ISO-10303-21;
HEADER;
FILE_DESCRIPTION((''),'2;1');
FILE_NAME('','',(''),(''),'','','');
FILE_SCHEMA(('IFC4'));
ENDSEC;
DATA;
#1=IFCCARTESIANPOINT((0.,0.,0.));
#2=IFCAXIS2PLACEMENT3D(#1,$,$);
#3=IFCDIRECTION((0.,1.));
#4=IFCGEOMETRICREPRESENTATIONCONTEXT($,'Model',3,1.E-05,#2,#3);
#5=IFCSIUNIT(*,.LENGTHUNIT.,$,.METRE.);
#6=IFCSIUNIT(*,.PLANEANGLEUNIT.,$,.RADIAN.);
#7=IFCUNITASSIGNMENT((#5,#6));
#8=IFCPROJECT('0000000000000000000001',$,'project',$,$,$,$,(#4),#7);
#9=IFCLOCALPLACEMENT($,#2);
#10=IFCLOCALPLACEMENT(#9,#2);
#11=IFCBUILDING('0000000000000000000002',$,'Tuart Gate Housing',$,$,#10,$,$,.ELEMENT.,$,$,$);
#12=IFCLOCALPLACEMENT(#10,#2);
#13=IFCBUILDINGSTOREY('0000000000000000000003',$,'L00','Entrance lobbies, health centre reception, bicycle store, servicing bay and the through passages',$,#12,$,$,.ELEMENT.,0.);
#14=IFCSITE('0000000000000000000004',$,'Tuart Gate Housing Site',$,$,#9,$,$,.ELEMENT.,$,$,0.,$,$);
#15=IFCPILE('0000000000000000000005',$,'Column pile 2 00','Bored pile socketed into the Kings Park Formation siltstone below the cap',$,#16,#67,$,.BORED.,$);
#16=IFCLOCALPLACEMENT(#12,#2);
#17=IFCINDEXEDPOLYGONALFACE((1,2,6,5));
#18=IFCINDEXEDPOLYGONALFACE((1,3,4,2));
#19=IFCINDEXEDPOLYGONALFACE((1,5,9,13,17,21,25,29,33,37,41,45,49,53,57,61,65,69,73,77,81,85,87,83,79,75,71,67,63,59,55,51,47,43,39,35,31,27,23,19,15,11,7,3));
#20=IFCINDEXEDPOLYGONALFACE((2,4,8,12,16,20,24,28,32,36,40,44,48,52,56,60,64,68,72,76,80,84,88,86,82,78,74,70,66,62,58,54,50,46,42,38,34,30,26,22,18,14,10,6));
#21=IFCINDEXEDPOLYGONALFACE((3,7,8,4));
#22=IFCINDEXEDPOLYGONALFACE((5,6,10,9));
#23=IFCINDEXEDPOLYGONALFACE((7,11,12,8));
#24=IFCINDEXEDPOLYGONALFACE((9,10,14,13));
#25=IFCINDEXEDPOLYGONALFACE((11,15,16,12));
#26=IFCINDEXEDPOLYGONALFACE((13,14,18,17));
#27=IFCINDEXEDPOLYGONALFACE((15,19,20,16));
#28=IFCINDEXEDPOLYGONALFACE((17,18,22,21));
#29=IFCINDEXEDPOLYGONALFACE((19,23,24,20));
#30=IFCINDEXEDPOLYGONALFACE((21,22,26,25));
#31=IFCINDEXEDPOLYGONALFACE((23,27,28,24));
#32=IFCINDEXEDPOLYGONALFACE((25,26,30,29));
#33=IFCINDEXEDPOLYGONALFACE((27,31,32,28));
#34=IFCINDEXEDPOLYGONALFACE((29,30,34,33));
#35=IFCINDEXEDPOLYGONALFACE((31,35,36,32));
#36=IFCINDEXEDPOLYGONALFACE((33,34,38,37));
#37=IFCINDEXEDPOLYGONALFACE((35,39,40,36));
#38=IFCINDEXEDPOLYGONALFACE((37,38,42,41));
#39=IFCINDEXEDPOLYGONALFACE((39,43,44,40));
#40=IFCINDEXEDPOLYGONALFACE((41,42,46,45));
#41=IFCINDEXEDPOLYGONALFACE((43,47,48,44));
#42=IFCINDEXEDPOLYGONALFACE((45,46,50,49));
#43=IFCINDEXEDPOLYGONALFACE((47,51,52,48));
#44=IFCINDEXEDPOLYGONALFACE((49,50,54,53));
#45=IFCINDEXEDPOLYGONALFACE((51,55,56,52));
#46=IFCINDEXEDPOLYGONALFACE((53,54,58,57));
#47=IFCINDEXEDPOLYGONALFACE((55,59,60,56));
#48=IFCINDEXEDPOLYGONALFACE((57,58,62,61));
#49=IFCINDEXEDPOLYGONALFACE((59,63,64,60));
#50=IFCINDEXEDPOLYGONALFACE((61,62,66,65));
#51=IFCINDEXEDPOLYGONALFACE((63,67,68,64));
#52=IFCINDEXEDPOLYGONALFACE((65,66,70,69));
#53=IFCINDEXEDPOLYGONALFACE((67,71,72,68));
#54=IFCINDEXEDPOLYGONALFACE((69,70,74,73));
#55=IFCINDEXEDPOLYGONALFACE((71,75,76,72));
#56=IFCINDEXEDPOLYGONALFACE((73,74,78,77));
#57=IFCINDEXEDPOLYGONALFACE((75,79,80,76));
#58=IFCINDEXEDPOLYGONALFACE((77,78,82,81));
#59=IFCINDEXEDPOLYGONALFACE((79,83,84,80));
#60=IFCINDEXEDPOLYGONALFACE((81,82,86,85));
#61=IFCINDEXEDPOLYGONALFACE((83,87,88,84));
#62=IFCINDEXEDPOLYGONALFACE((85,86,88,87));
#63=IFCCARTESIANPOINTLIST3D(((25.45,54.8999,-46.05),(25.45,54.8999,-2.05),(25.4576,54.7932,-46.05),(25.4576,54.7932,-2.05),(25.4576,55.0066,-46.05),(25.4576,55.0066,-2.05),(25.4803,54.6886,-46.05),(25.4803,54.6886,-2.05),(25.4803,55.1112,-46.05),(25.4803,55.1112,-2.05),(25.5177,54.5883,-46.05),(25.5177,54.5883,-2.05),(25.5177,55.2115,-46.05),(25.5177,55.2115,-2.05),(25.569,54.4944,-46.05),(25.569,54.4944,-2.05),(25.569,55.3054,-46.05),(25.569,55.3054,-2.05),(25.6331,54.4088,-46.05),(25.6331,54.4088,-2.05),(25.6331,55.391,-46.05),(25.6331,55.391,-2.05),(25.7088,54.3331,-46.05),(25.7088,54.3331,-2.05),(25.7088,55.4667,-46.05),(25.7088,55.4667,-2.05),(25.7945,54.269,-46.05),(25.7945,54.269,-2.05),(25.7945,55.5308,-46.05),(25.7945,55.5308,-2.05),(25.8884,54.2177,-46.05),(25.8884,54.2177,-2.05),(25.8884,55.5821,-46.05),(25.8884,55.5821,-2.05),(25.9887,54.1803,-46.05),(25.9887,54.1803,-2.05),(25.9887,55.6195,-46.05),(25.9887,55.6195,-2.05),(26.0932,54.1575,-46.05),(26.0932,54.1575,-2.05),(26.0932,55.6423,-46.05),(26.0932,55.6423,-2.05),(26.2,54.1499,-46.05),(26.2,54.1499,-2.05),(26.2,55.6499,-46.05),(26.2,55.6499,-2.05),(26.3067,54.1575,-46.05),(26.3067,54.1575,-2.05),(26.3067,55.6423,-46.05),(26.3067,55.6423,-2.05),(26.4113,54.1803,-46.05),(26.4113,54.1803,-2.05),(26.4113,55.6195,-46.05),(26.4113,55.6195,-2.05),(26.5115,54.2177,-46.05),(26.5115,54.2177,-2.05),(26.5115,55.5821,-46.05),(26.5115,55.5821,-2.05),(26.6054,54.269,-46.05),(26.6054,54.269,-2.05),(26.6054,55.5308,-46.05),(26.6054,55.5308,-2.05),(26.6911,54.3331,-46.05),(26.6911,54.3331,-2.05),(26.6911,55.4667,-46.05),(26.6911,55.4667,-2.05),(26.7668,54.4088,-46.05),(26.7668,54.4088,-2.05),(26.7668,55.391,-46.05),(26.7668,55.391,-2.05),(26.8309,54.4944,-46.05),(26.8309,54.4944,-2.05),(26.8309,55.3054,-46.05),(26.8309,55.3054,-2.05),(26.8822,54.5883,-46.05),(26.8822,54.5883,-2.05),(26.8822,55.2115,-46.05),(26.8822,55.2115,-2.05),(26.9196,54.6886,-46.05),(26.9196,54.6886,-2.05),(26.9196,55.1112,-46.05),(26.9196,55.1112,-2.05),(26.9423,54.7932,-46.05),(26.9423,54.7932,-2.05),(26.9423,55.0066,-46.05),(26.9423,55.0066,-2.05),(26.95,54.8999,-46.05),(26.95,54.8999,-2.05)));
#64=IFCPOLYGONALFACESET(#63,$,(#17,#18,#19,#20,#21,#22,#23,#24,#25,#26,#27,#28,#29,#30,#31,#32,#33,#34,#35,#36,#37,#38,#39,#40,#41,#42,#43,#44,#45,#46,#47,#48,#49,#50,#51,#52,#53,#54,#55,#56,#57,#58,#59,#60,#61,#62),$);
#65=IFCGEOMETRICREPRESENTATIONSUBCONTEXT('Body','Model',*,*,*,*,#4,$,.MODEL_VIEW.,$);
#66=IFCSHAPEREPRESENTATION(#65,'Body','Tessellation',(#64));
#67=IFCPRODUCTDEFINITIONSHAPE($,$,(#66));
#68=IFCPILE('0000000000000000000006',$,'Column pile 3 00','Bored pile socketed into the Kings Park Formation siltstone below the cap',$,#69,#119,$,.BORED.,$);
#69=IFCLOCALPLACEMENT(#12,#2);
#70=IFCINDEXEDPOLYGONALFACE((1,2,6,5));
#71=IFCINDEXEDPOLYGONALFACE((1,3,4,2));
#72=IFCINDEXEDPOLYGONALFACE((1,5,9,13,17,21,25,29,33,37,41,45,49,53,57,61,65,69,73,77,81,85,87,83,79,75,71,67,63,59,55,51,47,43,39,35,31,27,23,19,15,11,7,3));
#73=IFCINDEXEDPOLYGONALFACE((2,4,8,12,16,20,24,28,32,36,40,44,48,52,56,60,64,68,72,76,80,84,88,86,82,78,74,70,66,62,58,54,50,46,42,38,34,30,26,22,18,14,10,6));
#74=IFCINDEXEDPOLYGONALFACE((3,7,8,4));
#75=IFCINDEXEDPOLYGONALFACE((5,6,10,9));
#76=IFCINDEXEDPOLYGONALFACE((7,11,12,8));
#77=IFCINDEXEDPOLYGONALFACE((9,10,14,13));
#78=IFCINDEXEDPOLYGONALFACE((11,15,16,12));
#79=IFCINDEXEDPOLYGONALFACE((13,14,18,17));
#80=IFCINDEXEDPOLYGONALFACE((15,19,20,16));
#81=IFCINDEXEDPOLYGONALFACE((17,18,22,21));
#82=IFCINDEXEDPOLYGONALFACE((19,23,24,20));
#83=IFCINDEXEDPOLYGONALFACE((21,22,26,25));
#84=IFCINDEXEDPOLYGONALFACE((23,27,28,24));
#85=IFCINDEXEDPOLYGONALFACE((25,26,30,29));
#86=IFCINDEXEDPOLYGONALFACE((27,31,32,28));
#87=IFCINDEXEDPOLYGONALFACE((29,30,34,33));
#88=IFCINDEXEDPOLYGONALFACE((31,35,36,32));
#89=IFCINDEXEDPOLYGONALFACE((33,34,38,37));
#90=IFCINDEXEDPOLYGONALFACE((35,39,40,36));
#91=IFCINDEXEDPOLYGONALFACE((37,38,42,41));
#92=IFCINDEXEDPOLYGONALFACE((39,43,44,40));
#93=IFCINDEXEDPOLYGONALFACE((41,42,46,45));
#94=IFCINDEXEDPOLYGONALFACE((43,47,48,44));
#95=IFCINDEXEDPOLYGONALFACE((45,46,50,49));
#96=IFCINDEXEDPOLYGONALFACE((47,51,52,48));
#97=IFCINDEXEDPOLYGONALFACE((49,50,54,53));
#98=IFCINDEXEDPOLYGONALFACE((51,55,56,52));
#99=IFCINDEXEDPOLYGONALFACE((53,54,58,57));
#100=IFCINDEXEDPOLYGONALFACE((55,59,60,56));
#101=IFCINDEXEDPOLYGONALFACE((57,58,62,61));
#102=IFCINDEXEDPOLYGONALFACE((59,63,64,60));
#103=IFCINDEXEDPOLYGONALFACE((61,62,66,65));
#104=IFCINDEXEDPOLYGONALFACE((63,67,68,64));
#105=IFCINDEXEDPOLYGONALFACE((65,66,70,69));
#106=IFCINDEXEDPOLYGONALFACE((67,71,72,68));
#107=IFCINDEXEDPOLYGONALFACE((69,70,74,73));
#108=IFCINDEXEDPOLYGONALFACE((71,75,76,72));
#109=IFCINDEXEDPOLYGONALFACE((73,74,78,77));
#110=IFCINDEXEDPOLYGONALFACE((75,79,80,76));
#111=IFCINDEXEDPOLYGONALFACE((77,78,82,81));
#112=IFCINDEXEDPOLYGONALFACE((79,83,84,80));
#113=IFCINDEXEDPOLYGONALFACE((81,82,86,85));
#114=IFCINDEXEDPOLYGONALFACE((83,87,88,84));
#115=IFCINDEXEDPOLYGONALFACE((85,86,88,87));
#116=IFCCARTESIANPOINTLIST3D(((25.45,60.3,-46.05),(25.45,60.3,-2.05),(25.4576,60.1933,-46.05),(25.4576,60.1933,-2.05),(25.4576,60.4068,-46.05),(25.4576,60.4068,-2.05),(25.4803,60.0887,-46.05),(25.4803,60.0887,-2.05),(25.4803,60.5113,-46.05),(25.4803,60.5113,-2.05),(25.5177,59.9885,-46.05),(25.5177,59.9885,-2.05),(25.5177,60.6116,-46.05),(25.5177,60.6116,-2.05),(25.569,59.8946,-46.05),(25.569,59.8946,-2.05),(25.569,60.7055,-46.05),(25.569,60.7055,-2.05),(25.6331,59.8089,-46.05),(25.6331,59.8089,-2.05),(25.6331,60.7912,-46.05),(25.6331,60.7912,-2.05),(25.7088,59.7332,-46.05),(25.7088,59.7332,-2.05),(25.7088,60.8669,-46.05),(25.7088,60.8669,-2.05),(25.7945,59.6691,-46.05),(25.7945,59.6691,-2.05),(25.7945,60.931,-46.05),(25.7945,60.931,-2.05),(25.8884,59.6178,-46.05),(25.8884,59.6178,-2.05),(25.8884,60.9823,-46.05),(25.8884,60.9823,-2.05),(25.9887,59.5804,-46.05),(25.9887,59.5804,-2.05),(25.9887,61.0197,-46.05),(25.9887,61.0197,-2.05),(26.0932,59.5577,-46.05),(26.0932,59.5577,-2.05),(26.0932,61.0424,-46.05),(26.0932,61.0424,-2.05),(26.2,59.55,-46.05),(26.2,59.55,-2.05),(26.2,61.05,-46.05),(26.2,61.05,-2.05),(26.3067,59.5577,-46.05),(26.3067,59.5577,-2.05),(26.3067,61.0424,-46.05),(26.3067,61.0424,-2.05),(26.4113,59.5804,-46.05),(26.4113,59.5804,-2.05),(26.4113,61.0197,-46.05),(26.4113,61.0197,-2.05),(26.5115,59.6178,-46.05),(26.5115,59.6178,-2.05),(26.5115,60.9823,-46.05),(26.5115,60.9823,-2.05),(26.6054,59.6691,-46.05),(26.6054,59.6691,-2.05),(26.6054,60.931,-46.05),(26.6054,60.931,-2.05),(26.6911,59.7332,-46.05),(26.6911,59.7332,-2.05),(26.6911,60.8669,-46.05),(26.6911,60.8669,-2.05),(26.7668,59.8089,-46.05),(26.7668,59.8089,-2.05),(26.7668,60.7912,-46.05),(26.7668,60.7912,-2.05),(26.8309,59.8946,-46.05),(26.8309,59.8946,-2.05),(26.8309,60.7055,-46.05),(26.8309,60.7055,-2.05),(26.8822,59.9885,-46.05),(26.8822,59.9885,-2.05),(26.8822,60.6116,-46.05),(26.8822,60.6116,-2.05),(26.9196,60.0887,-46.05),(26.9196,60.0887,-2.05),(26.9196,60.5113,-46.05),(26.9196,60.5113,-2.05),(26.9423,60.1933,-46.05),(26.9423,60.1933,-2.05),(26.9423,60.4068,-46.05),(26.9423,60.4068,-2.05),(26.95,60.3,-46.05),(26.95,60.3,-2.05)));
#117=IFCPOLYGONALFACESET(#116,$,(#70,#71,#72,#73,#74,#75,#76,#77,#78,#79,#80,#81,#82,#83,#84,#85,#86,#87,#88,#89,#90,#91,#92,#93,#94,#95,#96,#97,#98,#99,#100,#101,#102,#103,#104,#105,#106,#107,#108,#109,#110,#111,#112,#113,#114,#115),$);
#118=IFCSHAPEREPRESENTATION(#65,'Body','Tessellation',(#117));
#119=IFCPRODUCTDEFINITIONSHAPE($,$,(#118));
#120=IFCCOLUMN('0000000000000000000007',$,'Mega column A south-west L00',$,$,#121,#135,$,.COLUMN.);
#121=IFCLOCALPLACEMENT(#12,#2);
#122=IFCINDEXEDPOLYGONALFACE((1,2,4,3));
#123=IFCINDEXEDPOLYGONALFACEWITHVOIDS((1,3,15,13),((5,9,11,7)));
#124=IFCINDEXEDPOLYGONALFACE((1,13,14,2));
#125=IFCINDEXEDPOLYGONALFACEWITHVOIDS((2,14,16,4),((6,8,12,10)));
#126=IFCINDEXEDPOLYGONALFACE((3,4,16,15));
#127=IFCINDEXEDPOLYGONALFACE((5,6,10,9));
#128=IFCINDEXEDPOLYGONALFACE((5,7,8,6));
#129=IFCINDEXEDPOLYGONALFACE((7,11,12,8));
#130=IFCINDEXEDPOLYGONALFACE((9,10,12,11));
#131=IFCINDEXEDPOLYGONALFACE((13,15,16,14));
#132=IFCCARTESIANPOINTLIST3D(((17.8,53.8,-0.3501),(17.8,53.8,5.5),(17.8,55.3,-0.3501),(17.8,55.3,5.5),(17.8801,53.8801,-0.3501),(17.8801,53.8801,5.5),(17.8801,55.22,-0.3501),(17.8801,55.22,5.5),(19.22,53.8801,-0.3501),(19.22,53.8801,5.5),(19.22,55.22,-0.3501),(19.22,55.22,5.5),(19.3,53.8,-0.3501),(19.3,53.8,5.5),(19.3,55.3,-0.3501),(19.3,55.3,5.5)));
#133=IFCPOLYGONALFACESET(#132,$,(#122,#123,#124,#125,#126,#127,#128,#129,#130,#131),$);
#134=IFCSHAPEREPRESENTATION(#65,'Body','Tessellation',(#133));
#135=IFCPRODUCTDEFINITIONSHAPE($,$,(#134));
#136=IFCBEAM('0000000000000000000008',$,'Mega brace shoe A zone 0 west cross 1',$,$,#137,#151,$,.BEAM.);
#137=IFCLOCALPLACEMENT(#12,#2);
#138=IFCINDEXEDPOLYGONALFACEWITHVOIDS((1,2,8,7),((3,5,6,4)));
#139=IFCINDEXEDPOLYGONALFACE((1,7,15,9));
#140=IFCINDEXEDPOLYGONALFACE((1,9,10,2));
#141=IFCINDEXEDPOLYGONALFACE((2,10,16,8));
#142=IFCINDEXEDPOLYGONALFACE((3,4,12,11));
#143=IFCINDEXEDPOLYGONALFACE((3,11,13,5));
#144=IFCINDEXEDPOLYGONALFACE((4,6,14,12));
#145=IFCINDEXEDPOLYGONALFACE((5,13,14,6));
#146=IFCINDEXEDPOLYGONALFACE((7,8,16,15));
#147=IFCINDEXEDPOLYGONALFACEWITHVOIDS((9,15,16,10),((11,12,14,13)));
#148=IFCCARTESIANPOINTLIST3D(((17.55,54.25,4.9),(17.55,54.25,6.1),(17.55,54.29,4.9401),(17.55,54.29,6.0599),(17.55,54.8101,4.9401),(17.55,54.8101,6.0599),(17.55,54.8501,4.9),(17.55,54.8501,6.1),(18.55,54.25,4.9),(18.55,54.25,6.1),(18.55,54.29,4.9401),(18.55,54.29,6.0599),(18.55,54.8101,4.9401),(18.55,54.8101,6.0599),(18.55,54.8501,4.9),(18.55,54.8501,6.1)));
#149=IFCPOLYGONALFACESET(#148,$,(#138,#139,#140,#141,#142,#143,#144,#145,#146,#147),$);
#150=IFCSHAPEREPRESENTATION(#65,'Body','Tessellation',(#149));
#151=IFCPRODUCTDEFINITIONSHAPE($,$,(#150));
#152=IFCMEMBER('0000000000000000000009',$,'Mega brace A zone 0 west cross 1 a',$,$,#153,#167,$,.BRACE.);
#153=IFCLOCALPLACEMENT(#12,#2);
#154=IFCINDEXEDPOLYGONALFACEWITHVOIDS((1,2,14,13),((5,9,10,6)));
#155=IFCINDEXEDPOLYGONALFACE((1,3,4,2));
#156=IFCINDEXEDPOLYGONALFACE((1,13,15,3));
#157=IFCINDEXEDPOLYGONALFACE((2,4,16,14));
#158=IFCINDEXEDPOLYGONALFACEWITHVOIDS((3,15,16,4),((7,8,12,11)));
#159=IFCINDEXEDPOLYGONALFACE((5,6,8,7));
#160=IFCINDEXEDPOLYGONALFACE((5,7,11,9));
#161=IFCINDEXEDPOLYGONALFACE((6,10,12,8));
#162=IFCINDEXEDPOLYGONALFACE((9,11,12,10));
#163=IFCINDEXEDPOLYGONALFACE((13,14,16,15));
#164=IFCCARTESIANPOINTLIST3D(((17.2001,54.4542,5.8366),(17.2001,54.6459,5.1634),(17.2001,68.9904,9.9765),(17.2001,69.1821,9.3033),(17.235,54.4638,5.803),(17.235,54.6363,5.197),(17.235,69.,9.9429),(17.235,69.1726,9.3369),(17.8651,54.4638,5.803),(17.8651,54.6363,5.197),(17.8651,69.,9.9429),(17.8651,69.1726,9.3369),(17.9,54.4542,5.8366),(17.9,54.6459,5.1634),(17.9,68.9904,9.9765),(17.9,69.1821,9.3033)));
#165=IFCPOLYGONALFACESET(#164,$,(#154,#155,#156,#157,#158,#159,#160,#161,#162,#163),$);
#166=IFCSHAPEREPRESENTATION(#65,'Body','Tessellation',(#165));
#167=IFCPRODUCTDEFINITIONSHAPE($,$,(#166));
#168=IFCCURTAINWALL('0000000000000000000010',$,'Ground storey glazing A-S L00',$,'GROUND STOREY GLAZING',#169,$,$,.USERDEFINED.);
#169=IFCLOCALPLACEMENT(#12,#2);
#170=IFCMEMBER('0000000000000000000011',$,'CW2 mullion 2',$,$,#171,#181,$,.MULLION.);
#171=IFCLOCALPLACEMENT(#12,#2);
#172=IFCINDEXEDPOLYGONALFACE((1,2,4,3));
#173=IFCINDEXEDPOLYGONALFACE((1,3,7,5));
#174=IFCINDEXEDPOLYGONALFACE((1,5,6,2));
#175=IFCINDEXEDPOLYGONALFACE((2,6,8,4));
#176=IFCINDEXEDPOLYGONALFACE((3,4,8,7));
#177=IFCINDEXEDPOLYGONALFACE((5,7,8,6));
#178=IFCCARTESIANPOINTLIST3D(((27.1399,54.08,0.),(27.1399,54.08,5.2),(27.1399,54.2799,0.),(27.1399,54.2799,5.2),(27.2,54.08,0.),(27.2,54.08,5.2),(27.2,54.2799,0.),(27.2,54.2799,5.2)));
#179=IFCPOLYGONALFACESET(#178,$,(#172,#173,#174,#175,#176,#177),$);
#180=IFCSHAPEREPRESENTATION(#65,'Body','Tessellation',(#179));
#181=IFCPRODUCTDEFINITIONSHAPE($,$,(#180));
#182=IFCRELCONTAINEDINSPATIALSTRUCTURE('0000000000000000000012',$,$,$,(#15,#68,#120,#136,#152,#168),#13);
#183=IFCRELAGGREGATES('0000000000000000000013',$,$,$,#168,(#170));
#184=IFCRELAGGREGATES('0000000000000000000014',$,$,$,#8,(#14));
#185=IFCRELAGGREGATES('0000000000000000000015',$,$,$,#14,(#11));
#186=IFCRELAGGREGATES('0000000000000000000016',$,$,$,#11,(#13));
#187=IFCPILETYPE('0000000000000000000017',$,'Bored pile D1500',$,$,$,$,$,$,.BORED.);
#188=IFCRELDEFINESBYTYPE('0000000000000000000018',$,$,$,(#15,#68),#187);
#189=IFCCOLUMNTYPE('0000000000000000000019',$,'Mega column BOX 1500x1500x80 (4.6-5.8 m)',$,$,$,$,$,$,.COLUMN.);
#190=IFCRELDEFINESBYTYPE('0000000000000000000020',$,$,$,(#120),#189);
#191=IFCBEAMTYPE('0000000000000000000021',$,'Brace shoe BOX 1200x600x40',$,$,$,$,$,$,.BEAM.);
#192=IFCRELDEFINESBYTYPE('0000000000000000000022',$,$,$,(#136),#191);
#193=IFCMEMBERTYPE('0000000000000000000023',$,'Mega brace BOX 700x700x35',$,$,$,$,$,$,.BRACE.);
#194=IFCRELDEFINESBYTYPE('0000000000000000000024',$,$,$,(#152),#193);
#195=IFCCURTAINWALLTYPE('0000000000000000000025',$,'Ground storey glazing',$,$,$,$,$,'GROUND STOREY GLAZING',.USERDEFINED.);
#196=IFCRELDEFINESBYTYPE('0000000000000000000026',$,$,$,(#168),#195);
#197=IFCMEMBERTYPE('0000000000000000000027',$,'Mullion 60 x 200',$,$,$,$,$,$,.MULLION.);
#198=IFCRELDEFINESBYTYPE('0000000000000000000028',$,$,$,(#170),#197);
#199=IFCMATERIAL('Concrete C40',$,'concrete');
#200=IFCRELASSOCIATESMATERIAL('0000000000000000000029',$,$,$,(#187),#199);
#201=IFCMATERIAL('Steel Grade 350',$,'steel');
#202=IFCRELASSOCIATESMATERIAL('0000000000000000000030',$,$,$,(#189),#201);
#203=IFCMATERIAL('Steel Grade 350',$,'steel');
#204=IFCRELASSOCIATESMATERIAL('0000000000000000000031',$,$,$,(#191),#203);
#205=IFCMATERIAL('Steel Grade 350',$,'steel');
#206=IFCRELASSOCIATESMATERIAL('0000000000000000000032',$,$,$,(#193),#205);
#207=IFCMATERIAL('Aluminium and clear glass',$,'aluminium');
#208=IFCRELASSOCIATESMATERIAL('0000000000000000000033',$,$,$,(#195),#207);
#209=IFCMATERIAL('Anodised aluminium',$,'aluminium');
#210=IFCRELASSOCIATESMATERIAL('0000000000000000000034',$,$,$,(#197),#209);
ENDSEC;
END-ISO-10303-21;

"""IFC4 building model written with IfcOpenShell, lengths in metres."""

from ifc_helpers import new_model, si_unit, direction, frame, origin, origin_2d, place, context, subcontext, project, spatial, rectangle, hollow_rectangle, circle, extrude, material, material_profile, profile_set, type_object, element, aggregate, save


model = new_model("IFC4")

# Units and contexts
model_context = context("Model", 3, precision=1e-05, world=origin(), true_north=direction((0.0, 1.0)))
body_context = subcontext(model_context, "Body", "Model", "MODEL_VIEW")
ifc_project = project(units=[si_unit("LENGTHUNIT", "METRE"), si_unit("PLANEANGLEUNIT", "RADIAN")], contexts=[model_context])

# Site, building, storey
site_placement = place(None, origin())
site = spatial("IfcSite", under=ifc_project, at=site_placement, Name="Tuart Gate Housing Site", CompositionType="ELEMENT", RefElevation=0.0)
building_placement = place(site_placement, origin())
building = spatial("IfcBuilding", under=site, at=building_placement, Name="Tuart Gate Housing", CompositionType="ELEMENT")
storey_placement = place(building_placement, origin())
storey = spatial("IfcBuildingStorey", under=building, at=storey_placement, Name="L00", Description="Entrance lobbies, health centre reception, bicycle store, servicing bay and the through passages", CompositionType="ELEMENT", Elevation=0.0)

# Piles
ifc_material_1 = material(Name="Concrete C40", Category="concrete")
ifc_material_profile_1 = material_profile(ifc_material_1, circle(Radius=0.75, at=origin_2d()), Name="Bored pile D1500")
ifc_profile_set_1 = profile_set([ifc_material_profile_1], Name="Concrete C40")
pile_type = type_object("IfcPileType", Name="Bored pile D1500", PredefinedType="BORED", material=ifc_profile_set_1)
for number, where, z_axis, x_axis, name in (
    (1, (26.2, 54.8999, -2.05), (0.0, 0.0, -1.0), (1.0, 0.0, 0.0), "Column pile 2 00"),
    (2, (26.2, 60.3, -2.05), (0.0, 0.0, -1.0), (1.0, 0.0, 0.0), "Column pile 3 00"),
):
    element("IfcPile", number, at=place(storey_placement, frame(where, z_axis=z_axis, x_axis=x_axis)), inside=storey, type_object=pile_type, Name=name, Description="Bored pile socketed into the Kings Park Formation siltstone below the cap", PredefinedType="BORED", context=body_context, shape_type="SweptSolid", body=[
        extrude(circle(Radius=0.75, at=origin_2d()), origin(), (0.0, 0.0, 1.0), 44.0),
    ])

# Column
ifc_material_2 = material(Name="Steel Grade 350", Category="steel")
ifc_material_profile_2 = material_profile(ifc_material_2, hollow_rectangle(XDim=1.5, YDim=1.5, WallThickness=0.0801, at=origin_2d()), Name="BOX 1500x1500x80")
ifc_profile_set_2 = profile_set([ifc_material_profile_2], Name="Steel Grade 350")
column_type = type_object("IfcColumnType", Name="Mega column BOX 1500x1500x80 (4.6-5.8 m)", PredefinedType="COLUMN", material=ifc_profile_set_2)
column_placement = place(storey_placement, frame((18.55, 54.55, -0.3501), z_axis=(0.0, 0.0, 1.0), x_axis=(1.0, 0.0, 0.0)))
element("IfcColumn", 3, at=column_placement, inside=storey, type_object=column_type, Name="Mega column A south-west L00", PredefinedType="COLUMN", context=body_context, shape_type="SweptSolid", body=[
    extrude(hollow_rectangle(XDim=1.5, YDim=1.5, WallThickness=0.0801, at=origin_2d()), origin(), (0.0, 0.0, 1.0), 5.8501),
])

# Beam
ifc_material_3 = material(Name="Steel Grade 350", Category="steel")
ifc_material_profile_3 = material_profile(ifc_material_3, hollow_rectangle(XDim=0.6001, YDim=1.2, WallThickness=0.04, at=origin_2d()), Name="BOX 1200x600x40")
ifc_profile_set_3 = profile_set([ifc_material_profile_3], Name="Steel Grade 350")
beam_type = type_object("IfcBeamType", Name="Brace shoe BOX 1200x600x40", PredefinedType="BEAM", material=ifc_profile_set_3)
beam_placement = place(storey_placement, frame((18.55, 54.55, 5.5), z_axis=(-1.0, 0.0, 0.0), x_axis=(0.0, -1.0, 0.0)))
element("IfcBeam", 4, at=beam_placement, inside=storey, type_object=beam_type, Name="Mega brace shoe A zone 0 west cross 1", PredefinedType="BEAM", context=body_context, shape_type="SweptSolid", body=[
    extrude(hollow_rectangle(XDim=0.6001, YDim=1.2, WallThickness=0.04, at=origin_2d()), origin(), (0.0, 0.0, 1.0), 1.0),
])

# Member
ifc_material_4 = material(Name="Steel Grade 350", Category="steel")
ifc_material_profile_4 = material_profile(ifc_material_4, hollow_rectangle(XDim=0.7, YDim=0.7, WallThickness=0.0349, at=origin_2d()), Name="BOX 700x700x35")
ifc_profile_set_4 = profile_set([ifc_material_profile_4], Name="Steel Grade 350")
member_type_1 = type_object("IfcMemberType", Name="Mega brace BOX 700x700x35", PredefinedType="BRACE", material=ifc_profile_set_4)
member_1_placement = place(storey_placement, frame((17.55, 54.55, 5.5), z_axis=(0.0, 0.961756, 0.273908), x_axis=(-1.0, 0.0, 0.0)))
element("IfcMember", 5, at=member_1_placement, inside=storey, type_object=member_type_1, Name="Mega brace A zone 0 west cross 1 a", PredefinedType="BRACE", context=body_context, shape_type="SweptSolid", body=[
    extrude(hollow_rectangle(XDim=0.7, YDim=0.7, WallThickness=0.0349, at=origin_2d()), origin(), (0.0, 0.0, 1.0), 15.1143),
])

# Curtain wall, member
ifc_material_5 = material(Name="Aluminium and clear glass", Category="aluminium")
curtain_wall_type = type_object("IfcCurtainWallType", Name="Ground storey glazing", ElementType="GROUND STOREY GLAZING", PredefinedType="USERDEFINED", material=ifc_material_5)
curtain_wall_placement = place(storey_placement, origin())
curtain_wall = element("IfcCurtainWall", 6, at=curtain_wall_placement, inside=storey, type_object=curtain_wall_type, Name="Ground storey glazing A-S L00", ObjectType="GROUND STOREY GLAZING", PredefinedType="USERDEFINED")
ifc_material_6 = material(Name="Anodised aluminium", Category="aluminium")
ifc_material_profile_5 = material_profile(ifc_material_6, rectangle(XDim=0.0601, YDim=0.2, at=origin_2d()), Name="60x200")
ifc_profile_set_5 = profile_set([ifc_material_profile_5], Name="Anodised aluminium")
member_type_2 = type_object("IfcMemberType", Name="Mullion 60 x 200", PredefinedType="MULLION", material=ifc_profile_set_5)
member_2_placement = place(storey_placement, frame((27.1699, 54.1799, 0.0), z_axis=(0.0, 0.0, 1.0), x_axis=(1.0, 0.0, 0.0)))
member_2 = element("IfcMember", 7, at=member_2_placement, type_object=member_type_2, Name="CW2 mullion 2", PredefinedType="MULLION", context=body_context, shape_type="SweptSolid", body=[
    extrude(rectangle(XDim=0.0601, YDim=0.2, at=origin_2d()), origin(), (0.0, 0.0, 1.0), 5.2),
])
aggregate(curtain_wall, [member_2])

save(model, "model.ifc")
